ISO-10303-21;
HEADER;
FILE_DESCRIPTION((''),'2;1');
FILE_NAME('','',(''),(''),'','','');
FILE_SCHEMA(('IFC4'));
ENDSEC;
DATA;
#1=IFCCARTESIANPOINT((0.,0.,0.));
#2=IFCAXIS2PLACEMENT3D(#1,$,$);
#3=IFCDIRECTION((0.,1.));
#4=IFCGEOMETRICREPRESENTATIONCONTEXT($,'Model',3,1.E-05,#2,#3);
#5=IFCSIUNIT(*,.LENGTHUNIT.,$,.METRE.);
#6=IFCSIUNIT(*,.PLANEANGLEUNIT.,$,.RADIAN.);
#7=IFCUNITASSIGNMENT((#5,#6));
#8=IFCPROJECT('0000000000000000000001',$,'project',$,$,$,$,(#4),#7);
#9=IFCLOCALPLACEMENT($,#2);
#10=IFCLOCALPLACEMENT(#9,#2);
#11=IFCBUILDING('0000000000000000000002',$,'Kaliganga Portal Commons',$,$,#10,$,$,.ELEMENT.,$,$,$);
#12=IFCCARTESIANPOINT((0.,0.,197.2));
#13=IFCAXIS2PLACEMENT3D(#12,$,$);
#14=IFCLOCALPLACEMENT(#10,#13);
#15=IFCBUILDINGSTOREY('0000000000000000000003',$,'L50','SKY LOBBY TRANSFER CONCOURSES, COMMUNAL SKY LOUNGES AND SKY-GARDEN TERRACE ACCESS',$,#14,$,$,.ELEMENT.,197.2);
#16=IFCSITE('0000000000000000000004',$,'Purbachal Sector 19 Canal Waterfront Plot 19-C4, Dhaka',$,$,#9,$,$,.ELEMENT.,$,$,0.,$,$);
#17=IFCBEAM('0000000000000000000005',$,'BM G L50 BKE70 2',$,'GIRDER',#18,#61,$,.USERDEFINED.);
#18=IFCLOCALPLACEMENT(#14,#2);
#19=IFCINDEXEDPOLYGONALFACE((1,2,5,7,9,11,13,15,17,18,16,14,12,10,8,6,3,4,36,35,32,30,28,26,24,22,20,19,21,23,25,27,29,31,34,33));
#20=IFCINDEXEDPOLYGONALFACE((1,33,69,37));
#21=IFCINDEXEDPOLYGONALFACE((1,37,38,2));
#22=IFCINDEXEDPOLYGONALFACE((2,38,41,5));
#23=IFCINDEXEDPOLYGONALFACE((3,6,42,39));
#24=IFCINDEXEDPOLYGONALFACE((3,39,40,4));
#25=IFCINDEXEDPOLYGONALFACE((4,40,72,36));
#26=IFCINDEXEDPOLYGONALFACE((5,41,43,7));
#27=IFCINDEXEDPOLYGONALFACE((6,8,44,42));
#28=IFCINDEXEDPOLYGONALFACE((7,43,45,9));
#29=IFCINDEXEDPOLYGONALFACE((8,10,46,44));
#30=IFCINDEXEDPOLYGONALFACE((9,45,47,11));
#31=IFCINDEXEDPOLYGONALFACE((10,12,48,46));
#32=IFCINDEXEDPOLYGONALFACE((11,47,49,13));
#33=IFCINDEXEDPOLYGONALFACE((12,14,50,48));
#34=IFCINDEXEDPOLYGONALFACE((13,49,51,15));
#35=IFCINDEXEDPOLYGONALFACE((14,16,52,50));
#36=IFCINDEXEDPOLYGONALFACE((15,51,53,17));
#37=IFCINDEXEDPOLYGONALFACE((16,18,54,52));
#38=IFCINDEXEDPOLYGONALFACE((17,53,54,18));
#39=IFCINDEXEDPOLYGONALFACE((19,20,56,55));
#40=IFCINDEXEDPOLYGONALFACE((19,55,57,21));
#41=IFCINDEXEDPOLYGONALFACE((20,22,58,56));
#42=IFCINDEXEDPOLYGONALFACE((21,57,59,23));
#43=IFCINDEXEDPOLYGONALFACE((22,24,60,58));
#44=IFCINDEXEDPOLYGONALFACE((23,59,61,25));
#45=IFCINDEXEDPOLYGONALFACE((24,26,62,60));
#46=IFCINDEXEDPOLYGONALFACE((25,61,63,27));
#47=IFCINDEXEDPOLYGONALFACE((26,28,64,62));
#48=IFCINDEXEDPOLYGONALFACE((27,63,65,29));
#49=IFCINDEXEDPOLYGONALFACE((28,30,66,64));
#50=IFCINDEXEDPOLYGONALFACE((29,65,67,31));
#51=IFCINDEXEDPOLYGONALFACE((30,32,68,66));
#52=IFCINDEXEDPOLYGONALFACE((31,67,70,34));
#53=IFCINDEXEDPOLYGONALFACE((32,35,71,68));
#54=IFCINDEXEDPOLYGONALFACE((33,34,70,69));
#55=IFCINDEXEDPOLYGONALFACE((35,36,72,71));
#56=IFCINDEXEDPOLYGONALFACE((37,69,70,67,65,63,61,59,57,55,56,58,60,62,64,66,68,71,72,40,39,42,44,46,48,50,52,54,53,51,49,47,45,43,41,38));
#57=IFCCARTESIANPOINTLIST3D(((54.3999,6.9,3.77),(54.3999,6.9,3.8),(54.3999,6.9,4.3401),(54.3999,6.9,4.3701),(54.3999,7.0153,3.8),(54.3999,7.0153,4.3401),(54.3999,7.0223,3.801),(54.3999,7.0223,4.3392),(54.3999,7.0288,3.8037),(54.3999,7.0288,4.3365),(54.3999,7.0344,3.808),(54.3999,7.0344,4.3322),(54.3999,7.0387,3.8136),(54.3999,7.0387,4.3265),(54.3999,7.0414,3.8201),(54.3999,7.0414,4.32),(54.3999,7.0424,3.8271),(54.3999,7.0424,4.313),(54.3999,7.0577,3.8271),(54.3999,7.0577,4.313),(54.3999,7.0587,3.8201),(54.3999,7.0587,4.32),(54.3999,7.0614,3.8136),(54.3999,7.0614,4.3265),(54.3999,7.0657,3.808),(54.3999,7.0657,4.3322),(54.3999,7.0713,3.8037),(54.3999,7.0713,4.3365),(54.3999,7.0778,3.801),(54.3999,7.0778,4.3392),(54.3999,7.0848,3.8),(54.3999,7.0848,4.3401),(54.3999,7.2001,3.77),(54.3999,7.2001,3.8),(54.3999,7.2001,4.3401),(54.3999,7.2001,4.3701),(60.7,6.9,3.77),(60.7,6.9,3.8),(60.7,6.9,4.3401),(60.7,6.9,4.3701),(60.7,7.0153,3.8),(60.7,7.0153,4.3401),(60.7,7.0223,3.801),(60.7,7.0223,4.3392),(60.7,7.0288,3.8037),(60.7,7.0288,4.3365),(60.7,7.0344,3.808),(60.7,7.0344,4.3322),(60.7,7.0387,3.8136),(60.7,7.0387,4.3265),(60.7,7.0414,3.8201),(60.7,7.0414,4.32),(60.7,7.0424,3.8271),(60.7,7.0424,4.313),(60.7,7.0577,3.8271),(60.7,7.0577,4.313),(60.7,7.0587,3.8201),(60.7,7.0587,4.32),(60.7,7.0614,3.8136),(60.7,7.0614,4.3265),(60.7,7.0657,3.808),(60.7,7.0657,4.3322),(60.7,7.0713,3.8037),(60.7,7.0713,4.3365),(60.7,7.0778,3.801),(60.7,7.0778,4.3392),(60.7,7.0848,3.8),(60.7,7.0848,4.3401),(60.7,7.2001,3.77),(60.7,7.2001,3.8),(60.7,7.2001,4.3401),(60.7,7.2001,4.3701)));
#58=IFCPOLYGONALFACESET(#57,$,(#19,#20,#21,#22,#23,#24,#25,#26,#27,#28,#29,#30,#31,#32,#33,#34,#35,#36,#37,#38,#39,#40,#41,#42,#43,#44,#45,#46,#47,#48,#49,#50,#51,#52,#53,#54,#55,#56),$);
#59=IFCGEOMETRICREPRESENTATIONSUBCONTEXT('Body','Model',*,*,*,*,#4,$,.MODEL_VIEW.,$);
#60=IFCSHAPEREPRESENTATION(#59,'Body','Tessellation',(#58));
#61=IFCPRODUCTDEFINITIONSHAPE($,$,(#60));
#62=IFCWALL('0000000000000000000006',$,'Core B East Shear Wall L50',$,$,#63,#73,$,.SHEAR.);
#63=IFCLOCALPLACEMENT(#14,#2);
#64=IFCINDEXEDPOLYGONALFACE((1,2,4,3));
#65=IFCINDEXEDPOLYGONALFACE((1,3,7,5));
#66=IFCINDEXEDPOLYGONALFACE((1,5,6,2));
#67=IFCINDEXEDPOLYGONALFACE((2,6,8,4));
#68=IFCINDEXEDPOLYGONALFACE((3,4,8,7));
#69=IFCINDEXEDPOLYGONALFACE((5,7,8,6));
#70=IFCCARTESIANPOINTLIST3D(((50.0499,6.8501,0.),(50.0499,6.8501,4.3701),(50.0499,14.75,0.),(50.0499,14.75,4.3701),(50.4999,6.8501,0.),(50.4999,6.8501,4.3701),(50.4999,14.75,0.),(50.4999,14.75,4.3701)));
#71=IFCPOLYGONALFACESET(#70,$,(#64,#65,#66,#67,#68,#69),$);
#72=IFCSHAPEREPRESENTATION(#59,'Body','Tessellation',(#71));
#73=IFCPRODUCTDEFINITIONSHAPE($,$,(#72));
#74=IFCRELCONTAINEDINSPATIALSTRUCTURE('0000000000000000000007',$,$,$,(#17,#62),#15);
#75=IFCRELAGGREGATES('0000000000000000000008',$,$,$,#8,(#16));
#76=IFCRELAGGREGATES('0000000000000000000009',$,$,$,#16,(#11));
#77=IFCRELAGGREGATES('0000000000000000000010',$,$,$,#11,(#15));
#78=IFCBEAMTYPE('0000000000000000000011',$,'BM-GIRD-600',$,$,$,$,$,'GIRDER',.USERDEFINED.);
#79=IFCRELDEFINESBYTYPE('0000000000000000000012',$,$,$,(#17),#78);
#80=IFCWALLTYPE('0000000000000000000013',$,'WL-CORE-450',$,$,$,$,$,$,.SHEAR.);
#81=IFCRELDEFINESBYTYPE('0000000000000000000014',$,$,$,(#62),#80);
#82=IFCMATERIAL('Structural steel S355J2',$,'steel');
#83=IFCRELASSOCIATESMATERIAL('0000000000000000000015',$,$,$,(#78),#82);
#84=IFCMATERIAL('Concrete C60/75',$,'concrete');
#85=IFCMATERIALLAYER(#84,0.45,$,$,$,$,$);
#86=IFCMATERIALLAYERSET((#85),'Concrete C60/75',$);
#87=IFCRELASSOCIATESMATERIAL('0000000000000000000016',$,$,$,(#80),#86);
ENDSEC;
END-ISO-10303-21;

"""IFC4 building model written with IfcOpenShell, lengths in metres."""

from ifc_helpers import new_model, si_unit, direction, frame, frame_2d, origin, origin_2d, place, context, subcontext, project, spatial, rectangle, i_section, extrude, source, transform, mapped, material, layer, layer_set, material_profile, profile_set, type_object, element, save


model = new_model("IFC4")

# Units and contexts
model_context = context("Model", 3, precision=1e-05, world=origin(), true_north=direction((0.0, 1.0)))
body_context = subcontext(model_context, "Body", "Model", "MODEL_VIEW")
ifc_project = project(units=[si_unit("LENGTHUNIT", "METRE"), si_unit("PLANEANGLEUNIT", "RADIAN")], contexts=[model_context])

# Site, building, storey
site_placement = place(None, origin())
site = spatial("IfcSite", under=ifc_project, at=site_placement, Name="Purbachal Sector 19 Canal Waterfront Plot 19-C4, Dhaka", CompositionType="ELEMENT", RefElevation=0.0)
building_placement = place(site_placement, origin())
building = spatial("IfcBuilding", under=site, at=building_placement, Name="Kaliganga Portal Commons", CompositionType="ELEMENT")
storey_placement = place(building_placement, frame((0.0, 0.0, 197.2)))
storey = spatial("IfcBuildingStorey", under=building, at=storey_placement, Name="L50", Description="SKY LOBBY TRANSFER CONCOURSES, COMMUNAL SKY LOUNGES AND SKY-GARDEN TERRACE ACCESS", CompositionType="ELEMENT", Elevation=197.2)

# Shared definitions
ifc_material_1 = material(Name="Structural steel S355J2", Category="steel")

# Beam
ifc_material_profile_1 = material_profile(ifc_material_1, i_section(OverallWidth=0.3, OverallDepth=0.6001, WebThickness=0.0154, FlangeThickness=0.03, FilletRadius=0.0271, at=origin_2d()), Name="HE 600 B")
ifc_profile_set_1 = profile_set([ifc_material_profile_1], Name="Structural steel S355J2 wide-flange")
beam_type_1 = type_object("IfcBeamType", Name="BM-GIRD-600", ElementType="GIRDER", PredefinedType="USERDEFINED", material=ifc_profile_set_1)
shared_shape_1 = source(origin(), body_context, "Body", "SweptSolid", [
    extrude(i_section(OverallWidth=0.3, OverallDepth=0.6001, WebThickness=0.0154, FlangeThickness=0.03, FilletRadius=0.0271, at=origin_2d()), origin(), (0.0, 0.0, 1.0), 6.3),
])
beam_1_placement = place(storey_placement, frame((54.3999, 7.05, 4.0701), z_axis=(1.0, 0.0, 0.0), x_axis=(0.0, 1.0, 0.0)))
element("IfcBeam", 1, at=beam_1_placement, inside=storey, type_object=beam_type_1, Name="BM G L50 BKE70 2", ObjectType="GIRDER", PredefinedType="USERDEFINED", context=body_context, shape_type="MappedRepresentation", body=[
    mapped(shared_shape_1, transform((0.0, 0.0, 0.0), x_axis=(1.0, 0.0, 0.0), y_axis=(0.0, 1.0, 0.0), z_axis=(0.0, 0.0, 1.0), scale=1.0)),
])

# Wall
ifc_material_2 = material(Name="Concrete C60/75", Category="concrete")
ifc_layer_1 = layer(ifc_material_2, 0.45)
ifc_layer_set_1 = layer_set([ifc_layer_1], Name="Concrete C60/75")
wall_type_1 = type_object("IfcWallType", Name="WL-CORE-450", PredefinedType="SHEAR", material=ifc_layer_set_1)
wall_1_placement = place(storey_placement, frame((50.2749, 6.8501, 0.0), z_axis=(0.0, 0.0, 1.0), x_axis=(0.0, 1.0, 0.0)))
element("IfcWall", 2, at=wall_1_placement, inside=storey, type_object=wall_type_1, Name="Core B East Shear Wall L50", PredefinedType="SHEAR", context=body_context, shape_type="SweptSolid", body=[
    extrude(rectangle(XDim=7.8999, YDim=0.45, at=frame_2d((3.95, 0.0))), origin(), (0.0, 0.0, 1.0), 4.3701),
])

save(model, "model.ifc")
